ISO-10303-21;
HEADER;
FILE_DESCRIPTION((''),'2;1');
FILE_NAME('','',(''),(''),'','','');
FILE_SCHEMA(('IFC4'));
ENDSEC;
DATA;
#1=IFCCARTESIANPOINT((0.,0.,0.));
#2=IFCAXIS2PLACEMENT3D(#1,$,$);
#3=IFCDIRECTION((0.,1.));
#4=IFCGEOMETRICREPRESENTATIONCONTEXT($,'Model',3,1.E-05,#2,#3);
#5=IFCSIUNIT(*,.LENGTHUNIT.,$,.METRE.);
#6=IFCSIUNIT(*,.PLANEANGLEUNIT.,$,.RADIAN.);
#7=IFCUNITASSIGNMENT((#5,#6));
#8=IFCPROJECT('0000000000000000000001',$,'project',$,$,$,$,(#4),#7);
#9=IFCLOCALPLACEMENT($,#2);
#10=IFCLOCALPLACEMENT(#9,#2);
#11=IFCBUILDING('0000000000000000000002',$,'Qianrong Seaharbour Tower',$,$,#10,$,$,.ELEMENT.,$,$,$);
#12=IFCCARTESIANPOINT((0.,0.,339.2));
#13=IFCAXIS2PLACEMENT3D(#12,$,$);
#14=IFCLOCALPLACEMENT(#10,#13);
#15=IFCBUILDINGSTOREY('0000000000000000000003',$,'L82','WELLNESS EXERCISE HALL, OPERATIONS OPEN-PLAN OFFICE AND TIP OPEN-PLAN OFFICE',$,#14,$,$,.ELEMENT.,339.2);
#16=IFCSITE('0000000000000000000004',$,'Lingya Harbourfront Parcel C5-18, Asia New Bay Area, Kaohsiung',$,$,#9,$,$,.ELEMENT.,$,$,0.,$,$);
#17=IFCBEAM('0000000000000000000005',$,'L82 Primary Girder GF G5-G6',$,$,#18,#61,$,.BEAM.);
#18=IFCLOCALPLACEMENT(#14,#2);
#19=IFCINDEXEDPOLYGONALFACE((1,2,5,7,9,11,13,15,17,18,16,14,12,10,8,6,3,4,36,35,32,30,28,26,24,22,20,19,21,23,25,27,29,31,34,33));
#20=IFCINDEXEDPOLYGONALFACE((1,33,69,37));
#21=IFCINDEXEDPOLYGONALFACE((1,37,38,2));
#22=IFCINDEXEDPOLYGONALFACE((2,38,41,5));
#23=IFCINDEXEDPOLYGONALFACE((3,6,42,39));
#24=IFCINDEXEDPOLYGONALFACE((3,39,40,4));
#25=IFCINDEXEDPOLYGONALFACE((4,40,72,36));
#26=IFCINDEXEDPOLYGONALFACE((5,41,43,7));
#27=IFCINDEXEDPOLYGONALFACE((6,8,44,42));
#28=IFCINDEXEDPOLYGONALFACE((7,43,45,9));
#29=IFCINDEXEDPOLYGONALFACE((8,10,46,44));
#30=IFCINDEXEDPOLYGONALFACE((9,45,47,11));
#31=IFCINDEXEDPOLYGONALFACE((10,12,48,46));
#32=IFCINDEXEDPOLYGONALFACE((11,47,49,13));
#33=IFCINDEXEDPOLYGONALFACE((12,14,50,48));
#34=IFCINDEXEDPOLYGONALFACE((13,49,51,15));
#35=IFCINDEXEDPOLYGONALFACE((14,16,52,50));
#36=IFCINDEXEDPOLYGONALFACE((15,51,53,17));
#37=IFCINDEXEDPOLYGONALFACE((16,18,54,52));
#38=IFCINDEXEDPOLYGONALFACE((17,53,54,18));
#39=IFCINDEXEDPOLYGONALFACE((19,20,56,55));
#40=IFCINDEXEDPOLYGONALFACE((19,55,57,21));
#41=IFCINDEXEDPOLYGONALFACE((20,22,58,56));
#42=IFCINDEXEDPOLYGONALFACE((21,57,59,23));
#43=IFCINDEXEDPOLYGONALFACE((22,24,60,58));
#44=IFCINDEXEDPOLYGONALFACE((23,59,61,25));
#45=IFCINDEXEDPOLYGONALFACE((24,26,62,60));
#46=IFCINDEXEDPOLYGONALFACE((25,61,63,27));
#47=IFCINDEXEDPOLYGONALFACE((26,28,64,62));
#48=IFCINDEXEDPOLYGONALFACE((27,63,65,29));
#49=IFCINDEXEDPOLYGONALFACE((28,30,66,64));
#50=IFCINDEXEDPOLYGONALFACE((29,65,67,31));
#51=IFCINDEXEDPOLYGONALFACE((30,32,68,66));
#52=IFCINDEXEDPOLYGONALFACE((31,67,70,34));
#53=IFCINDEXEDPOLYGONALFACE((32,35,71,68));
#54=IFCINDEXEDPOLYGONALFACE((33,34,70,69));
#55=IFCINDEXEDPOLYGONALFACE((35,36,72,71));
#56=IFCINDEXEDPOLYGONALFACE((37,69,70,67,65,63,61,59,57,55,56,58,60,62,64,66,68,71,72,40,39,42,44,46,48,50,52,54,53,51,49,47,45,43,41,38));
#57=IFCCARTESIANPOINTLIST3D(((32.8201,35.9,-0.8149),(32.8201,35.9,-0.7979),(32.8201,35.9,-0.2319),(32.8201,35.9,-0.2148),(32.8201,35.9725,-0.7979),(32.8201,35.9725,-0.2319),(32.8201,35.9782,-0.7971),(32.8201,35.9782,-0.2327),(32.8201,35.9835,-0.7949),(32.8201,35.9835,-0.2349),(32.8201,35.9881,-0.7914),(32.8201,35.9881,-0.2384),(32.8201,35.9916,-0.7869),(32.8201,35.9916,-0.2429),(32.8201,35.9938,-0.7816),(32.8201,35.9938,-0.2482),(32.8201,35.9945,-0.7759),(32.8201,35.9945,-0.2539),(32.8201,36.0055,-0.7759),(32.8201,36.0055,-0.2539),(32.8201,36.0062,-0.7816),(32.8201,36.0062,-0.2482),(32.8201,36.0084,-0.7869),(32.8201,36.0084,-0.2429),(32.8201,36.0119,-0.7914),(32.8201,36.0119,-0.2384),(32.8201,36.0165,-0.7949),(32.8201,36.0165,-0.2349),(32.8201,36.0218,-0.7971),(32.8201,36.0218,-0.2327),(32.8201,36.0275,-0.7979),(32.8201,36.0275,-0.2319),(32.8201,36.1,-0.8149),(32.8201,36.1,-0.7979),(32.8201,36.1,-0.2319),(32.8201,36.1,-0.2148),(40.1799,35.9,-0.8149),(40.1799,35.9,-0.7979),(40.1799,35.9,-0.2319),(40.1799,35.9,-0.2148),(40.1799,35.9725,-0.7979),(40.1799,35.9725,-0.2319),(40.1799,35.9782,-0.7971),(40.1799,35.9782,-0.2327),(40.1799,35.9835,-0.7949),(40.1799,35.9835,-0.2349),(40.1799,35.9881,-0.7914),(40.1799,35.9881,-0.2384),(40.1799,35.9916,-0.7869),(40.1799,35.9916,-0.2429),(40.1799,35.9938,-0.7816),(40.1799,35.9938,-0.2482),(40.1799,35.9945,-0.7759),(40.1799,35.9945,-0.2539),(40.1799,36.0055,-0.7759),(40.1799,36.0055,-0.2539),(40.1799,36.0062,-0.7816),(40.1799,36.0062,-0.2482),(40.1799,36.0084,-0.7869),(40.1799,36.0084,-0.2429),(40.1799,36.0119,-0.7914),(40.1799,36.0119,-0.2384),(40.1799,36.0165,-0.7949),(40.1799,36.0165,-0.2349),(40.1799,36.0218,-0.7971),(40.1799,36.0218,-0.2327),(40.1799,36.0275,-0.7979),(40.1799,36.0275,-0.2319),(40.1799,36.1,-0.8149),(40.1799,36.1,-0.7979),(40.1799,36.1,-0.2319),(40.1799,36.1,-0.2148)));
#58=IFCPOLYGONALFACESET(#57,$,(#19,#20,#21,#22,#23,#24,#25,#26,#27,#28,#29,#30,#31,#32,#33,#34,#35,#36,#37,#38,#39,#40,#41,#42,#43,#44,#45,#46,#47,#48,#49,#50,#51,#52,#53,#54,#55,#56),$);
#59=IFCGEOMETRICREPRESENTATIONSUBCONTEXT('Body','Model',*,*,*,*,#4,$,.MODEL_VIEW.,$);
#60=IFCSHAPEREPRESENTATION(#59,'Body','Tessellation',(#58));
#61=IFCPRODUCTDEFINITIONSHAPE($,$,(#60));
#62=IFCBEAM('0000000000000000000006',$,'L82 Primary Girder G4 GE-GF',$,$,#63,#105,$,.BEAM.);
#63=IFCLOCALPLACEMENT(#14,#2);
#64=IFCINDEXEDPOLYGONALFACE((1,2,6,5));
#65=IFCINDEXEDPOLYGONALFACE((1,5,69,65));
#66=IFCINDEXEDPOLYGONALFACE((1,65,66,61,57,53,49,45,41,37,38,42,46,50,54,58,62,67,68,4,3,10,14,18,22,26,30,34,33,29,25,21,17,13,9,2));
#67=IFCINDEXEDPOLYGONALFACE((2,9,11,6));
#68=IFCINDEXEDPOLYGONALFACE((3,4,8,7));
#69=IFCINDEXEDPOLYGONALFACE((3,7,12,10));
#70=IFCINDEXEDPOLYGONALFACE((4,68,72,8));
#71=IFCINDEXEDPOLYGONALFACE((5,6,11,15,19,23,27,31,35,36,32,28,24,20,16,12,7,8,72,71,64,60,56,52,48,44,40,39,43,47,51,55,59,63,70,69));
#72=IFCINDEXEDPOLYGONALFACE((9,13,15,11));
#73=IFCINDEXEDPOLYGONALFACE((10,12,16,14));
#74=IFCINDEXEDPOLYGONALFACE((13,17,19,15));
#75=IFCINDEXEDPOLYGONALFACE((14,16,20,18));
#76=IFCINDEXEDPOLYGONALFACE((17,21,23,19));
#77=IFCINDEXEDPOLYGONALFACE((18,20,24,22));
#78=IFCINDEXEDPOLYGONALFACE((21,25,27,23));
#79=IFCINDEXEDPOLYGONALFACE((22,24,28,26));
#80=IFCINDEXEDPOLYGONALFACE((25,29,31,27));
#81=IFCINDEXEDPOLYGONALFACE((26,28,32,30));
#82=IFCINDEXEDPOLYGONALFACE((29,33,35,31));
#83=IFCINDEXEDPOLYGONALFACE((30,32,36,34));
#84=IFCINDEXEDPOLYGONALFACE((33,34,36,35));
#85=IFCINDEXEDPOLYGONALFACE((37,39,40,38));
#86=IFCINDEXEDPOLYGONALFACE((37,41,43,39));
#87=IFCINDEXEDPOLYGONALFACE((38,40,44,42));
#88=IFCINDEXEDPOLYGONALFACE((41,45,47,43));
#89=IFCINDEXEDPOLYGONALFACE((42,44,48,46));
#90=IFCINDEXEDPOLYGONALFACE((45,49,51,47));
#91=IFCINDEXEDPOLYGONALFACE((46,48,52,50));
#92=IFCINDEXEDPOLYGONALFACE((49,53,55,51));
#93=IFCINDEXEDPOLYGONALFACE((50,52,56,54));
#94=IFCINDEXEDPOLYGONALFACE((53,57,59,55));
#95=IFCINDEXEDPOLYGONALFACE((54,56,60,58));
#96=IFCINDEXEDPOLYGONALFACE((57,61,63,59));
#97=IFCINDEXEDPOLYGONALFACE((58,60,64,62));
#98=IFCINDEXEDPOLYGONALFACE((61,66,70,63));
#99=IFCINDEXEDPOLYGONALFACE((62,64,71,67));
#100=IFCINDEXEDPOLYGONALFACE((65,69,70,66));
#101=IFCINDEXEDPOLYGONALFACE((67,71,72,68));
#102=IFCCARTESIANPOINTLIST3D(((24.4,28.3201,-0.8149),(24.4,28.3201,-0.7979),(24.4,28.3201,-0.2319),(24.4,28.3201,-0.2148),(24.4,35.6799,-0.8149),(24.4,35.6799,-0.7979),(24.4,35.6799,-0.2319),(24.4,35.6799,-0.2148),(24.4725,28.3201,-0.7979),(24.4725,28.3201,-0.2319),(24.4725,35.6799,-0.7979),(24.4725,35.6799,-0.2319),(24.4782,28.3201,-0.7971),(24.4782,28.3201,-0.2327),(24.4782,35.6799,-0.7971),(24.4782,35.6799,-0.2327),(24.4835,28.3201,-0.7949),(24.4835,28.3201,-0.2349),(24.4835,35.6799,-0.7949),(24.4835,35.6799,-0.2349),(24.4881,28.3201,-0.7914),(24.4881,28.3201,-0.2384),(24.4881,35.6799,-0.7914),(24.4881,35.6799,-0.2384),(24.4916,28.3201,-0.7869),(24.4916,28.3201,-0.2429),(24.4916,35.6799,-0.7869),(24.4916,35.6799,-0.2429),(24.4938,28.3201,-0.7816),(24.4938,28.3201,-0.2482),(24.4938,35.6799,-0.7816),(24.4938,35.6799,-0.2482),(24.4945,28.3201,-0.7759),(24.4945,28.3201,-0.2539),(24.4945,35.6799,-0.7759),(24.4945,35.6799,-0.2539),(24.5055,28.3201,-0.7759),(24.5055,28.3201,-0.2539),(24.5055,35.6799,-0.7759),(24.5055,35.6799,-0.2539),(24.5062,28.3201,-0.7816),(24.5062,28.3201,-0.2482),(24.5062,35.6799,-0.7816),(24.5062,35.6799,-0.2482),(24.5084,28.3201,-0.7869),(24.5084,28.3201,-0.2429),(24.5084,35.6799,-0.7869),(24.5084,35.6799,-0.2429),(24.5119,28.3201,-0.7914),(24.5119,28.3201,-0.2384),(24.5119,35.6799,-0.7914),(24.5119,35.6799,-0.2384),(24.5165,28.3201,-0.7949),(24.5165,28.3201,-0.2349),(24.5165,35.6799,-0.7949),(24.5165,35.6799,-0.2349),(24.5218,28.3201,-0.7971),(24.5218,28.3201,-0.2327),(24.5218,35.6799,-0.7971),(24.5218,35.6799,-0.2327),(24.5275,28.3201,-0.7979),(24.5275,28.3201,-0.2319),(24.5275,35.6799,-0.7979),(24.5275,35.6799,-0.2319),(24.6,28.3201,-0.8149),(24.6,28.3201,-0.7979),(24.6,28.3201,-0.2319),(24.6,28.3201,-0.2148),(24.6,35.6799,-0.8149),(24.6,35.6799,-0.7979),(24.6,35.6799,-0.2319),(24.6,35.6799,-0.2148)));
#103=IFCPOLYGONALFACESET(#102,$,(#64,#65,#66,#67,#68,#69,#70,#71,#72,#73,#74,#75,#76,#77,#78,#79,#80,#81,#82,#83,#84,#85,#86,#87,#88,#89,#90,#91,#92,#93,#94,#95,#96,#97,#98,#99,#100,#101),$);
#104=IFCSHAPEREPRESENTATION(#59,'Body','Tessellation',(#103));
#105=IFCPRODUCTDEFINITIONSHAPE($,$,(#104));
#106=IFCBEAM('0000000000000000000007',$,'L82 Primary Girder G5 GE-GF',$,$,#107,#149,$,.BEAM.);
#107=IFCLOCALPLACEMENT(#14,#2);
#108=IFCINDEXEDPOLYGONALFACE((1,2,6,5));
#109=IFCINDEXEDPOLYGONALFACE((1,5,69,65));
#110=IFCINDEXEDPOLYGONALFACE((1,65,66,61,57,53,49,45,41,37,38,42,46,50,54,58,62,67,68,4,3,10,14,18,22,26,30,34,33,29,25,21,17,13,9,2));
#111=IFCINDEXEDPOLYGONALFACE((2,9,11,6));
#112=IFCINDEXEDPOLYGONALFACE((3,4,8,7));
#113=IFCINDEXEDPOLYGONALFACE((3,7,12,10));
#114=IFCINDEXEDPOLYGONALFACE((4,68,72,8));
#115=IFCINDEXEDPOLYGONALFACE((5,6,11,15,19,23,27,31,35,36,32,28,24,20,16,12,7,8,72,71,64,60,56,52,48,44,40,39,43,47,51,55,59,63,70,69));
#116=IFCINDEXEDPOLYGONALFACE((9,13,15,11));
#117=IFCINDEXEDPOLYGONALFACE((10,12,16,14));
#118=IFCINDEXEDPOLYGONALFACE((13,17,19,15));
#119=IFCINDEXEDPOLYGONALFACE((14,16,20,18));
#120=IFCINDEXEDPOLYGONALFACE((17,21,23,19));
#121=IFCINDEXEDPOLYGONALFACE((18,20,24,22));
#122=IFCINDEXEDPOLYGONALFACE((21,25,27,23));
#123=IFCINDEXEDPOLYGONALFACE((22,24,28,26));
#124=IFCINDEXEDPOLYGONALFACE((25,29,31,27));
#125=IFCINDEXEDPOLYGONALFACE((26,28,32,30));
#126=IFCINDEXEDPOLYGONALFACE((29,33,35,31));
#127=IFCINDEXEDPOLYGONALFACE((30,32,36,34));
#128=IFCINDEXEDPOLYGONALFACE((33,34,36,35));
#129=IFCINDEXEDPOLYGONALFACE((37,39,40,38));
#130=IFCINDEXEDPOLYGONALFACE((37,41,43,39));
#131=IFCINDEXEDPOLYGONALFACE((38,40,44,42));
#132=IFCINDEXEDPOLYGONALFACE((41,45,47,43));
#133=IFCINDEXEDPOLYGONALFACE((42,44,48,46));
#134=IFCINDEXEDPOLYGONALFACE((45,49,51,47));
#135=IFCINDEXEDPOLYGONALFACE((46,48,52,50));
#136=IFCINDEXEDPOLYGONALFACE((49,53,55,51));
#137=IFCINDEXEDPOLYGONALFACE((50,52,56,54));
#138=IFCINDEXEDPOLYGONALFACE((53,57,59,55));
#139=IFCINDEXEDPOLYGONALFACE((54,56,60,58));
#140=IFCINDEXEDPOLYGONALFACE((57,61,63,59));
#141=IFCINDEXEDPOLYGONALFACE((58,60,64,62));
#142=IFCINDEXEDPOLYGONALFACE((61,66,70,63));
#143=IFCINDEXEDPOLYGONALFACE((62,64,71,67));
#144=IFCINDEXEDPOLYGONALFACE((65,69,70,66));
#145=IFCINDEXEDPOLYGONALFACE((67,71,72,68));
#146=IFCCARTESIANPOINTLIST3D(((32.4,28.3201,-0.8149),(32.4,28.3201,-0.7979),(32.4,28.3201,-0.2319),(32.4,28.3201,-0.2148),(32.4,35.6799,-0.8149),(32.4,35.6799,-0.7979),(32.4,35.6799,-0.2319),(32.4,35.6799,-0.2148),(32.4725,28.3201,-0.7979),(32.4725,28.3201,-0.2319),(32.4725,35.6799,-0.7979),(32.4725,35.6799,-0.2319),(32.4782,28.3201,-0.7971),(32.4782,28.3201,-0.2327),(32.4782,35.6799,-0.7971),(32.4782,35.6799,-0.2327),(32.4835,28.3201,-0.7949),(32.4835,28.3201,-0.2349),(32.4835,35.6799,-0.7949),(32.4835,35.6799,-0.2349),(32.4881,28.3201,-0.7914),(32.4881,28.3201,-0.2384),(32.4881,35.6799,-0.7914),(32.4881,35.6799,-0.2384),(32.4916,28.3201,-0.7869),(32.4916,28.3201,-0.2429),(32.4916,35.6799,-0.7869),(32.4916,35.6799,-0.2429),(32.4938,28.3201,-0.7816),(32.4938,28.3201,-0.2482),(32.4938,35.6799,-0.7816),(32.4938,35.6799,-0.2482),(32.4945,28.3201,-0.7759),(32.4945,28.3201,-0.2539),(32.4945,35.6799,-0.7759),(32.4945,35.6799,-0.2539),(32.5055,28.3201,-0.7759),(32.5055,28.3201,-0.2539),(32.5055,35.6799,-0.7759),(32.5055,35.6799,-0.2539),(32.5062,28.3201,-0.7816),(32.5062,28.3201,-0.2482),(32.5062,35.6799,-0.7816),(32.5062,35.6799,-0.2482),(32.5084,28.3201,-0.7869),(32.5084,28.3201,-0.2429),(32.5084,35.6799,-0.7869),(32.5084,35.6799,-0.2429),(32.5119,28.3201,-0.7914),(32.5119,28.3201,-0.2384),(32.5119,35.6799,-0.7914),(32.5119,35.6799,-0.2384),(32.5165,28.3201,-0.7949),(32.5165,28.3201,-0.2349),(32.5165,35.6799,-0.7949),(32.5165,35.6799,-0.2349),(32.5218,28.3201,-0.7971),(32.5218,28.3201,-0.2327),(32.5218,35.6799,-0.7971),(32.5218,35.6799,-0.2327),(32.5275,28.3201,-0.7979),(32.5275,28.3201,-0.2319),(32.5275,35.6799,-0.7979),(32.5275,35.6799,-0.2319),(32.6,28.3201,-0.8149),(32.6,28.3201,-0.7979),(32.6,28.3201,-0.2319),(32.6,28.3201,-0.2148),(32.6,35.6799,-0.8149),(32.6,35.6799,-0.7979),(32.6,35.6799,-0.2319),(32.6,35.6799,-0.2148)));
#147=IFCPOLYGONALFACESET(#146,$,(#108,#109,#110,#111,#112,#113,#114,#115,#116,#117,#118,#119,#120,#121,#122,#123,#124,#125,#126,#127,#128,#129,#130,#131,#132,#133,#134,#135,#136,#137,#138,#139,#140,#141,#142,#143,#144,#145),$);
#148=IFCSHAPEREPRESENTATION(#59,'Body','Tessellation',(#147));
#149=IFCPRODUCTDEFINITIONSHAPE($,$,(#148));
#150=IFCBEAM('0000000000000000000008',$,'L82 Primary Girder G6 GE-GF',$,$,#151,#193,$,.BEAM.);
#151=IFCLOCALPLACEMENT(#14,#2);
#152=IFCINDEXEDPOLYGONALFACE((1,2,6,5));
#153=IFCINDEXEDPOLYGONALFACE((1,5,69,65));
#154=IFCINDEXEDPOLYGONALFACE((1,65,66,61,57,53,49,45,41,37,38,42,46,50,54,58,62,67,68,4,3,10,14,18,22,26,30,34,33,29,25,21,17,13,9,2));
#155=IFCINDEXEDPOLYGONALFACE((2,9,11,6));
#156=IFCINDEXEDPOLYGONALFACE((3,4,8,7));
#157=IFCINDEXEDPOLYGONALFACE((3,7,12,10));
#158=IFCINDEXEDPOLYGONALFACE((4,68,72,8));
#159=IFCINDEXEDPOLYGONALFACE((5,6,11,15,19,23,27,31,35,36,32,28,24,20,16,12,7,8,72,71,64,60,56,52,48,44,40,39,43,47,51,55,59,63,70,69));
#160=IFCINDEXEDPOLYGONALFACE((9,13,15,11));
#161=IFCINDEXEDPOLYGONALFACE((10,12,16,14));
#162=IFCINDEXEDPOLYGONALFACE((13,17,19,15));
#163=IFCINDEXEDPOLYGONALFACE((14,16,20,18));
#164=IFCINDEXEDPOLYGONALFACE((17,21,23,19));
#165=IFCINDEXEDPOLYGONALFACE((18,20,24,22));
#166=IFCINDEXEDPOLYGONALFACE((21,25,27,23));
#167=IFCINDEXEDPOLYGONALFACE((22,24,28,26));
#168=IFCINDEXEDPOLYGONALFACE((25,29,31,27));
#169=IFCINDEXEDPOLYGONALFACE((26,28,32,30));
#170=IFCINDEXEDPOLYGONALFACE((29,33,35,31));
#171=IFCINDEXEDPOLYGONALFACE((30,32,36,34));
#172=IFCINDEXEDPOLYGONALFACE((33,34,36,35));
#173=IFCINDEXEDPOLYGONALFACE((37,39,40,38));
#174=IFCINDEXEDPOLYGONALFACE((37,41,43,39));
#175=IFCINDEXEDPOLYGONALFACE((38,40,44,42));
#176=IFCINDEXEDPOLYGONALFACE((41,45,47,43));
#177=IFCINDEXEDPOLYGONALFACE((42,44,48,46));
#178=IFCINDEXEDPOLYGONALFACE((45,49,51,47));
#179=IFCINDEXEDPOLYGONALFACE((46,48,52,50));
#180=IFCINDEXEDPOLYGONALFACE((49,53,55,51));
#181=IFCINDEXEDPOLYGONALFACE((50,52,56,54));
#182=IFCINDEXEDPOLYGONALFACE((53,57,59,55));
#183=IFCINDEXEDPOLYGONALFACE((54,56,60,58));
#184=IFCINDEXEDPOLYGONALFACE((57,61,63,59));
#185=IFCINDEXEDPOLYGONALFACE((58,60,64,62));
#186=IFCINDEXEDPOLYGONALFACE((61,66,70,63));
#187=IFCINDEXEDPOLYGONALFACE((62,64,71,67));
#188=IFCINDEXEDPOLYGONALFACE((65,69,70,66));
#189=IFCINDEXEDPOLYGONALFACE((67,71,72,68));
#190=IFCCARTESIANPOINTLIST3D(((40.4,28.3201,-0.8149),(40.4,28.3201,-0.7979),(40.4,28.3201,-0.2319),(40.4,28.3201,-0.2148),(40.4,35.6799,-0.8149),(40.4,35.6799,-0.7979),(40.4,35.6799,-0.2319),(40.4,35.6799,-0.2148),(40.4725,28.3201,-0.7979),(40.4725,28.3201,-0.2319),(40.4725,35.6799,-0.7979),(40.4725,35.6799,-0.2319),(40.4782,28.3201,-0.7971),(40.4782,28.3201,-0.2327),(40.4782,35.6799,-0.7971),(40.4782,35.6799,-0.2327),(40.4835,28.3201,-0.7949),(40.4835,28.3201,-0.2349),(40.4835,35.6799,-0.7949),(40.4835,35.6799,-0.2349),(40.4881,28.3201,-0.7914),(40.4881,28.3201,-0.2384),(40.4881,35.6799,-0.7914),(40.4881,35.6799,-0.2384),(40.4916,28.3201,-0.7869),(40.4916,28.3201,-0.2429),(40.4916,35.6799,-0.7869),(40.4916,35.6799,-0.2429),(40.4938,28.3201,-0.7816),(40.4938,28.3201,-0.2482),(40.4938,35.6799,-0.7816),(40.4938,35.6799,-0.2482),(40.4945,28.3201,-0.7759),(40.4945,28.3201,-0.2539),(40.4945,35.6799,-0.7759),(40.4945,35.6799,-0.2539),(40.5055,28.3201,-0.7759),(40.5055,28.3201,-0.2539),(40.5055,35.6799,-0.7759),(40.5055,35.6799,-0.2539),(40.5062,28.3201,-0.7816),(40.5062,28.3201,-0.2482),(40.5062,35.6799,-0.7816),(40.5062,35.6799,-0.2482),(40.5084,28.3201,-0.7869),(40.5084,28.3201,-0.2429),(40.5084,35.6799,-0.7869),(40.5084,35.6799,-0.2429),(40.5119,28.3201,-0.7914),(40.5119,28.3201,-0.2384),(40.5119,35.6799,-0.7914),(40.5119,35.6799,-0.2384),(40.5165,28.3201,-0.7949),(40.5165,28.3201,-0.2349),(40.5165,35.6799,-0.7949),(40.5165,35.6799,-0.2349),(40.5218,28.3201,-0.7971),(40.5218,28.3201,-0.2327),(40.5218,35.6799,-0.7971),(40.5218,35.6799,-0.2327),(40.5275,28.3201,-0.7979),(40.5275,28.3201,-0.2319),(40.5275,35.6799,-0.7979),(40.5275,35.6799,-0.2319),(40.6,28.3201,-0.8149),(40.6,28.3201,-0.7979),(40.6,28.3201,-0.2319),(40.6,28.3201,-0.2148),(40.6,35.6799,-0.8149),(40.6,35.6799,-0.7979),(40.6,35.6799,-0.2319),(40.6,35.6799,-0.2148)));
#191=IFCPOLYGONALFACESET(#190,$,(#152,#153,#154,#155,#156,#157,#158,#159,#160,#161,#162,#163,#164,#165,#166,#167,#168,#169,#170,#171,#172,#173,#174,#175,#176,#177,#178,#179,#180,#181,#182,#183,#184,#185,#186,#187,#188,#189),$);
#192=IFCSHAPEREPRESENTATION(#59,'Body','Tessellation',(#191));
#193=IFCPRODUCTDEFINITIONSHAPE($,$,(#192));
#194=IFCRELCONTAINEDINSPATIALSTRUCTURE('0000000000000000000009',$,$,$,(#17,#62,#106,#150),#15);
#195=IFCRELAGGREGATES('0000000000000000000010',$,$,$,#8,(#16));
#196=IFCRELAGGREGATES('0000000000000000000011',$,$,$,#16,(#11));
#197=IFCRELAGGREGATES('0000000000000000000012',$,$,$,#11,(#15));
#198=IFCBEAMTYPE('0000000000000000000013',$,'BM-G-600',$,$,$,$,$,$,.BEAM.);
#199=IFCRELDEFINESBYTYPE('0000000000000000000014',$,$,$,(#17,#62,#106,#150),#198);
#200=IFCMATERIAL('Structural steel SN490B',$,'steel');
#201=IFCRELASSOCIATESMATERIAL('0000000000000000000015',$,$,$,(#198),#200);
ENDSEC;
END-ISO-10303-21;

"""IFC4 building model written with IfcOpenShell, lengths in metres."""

from ifc_helpers import new_model, si_unit, direction, frame, origin, origin_2d, place, context, subcontext, project, spatial, i_section, extrude, material, material_profile, profile_set, type_object, element, save


model = new_model("IFC4")

# Units and contexts
model_context = context("Model", 3, precision=1e-05, world=origin(), true_north=direction((0.0, 1.0)))
body_context = subcontext(model_context, "Body", "Model", "MODEL_VIEW")
ifc_project = project(units=[si_unit("LENGTHUNIT", "METRE"), si_unit("PLANEANGLEUNIT", "RADIAN")], contexts=[model_context])

# Site, building, storey
site_placement = place(None, origin())
site = spatial("IfcSite", under=ifc_project, at=site_placement, Name="Lingya Harbourfront Parcel C5-18, Asia New Bay Area, Kaohsiung", CompositionType="ELEMENT", RefElevation=0.0)
building_placement = place(site_placement, origin())
building = spatial("IfcBuilding", under=site, at=building_placement, Name="Qianrong Seaharbour Tower", CompositionType="ELEMENT")
storey_placement = place(building_placement, frame((0.0, 0.0, 339.2)))
storey = spatial("IfcBuildingStorey", under=building, at=storey_placement, Name="L82", Description="WELLNESS EXERCISE HALL, OPERATIONS OPEN-PLAN OFFICE AND TIP OPEN-PLAN OFFICE", CompositionType="ELEMENT", Elevation=339.2)

# Shared definitions
ifc_material_1 = material(Name="Structural steel SN490B", Category="steel")

# Beams
ifc_material_profile_1 = material_profile(ifc_material_1, i_section(OverallWidth=0.2, OverallDepth=0.6001, WebThickness=0.011, FlangeThickness=0.0171, FilletRadius=0.022, at=origin_2d()), Name="H600x200x11x17")
ifc_profile_set_1 = profile_set([ifc_material_profile_1], Name="Structural steel SN490B")
beam_type_1 = type_object("IfcBeamType", Name="BM-G-600", PredefinedType="BEAM", material=ifc_profile_set_1)
for number, where, z_axis, x_axis, name in (
    (1, (32.8201, 36.0, -0.5149), (1.0, 0.0, 0.0), (0.0, 1.0, 0.0), "L82 Primary Girder GF G5-G6"),
    (2, (24.5, 28.3201, -0.5149), (0.0, 1.0, 0.0), (-1.0, 0.0, 0.0), "L82 Primary Girder G4 GE-GF"),
    (3, (32.5, 28.3201, -0.5149), (0.0, 1.0, 0.0), (-1.0, 0.0, 0.0), "L82 Primary Girder G5 GE-GF"),
    (4, (40.5, 28.3201, -0.5149), (0.0, 1.0, 0.0), (-1.0, 0.0, 0.0), "L82 Primary Girder G6 GE-GF"),
):
    element("IfcBeam", number, at=place(storey_placement, frame(where, z_axis=z_axis, x_axis=x_axis)), inside=storey, type_object=beam_type_1, Name=name, PredefinedType="BEAM", context=body_context, shape_type="SweptSolid", body=[
        extrude(i_section(OverallWidth=0.2, OverallDepth=0.6001, WebThickness=0.011, FlangeThickness=0.0171, FilletRadius=0.022, at=origin_2d()), origin(), (0.0, 0.0, 1.0), 7.3599),
    ])

save(model, "model.ifc")
